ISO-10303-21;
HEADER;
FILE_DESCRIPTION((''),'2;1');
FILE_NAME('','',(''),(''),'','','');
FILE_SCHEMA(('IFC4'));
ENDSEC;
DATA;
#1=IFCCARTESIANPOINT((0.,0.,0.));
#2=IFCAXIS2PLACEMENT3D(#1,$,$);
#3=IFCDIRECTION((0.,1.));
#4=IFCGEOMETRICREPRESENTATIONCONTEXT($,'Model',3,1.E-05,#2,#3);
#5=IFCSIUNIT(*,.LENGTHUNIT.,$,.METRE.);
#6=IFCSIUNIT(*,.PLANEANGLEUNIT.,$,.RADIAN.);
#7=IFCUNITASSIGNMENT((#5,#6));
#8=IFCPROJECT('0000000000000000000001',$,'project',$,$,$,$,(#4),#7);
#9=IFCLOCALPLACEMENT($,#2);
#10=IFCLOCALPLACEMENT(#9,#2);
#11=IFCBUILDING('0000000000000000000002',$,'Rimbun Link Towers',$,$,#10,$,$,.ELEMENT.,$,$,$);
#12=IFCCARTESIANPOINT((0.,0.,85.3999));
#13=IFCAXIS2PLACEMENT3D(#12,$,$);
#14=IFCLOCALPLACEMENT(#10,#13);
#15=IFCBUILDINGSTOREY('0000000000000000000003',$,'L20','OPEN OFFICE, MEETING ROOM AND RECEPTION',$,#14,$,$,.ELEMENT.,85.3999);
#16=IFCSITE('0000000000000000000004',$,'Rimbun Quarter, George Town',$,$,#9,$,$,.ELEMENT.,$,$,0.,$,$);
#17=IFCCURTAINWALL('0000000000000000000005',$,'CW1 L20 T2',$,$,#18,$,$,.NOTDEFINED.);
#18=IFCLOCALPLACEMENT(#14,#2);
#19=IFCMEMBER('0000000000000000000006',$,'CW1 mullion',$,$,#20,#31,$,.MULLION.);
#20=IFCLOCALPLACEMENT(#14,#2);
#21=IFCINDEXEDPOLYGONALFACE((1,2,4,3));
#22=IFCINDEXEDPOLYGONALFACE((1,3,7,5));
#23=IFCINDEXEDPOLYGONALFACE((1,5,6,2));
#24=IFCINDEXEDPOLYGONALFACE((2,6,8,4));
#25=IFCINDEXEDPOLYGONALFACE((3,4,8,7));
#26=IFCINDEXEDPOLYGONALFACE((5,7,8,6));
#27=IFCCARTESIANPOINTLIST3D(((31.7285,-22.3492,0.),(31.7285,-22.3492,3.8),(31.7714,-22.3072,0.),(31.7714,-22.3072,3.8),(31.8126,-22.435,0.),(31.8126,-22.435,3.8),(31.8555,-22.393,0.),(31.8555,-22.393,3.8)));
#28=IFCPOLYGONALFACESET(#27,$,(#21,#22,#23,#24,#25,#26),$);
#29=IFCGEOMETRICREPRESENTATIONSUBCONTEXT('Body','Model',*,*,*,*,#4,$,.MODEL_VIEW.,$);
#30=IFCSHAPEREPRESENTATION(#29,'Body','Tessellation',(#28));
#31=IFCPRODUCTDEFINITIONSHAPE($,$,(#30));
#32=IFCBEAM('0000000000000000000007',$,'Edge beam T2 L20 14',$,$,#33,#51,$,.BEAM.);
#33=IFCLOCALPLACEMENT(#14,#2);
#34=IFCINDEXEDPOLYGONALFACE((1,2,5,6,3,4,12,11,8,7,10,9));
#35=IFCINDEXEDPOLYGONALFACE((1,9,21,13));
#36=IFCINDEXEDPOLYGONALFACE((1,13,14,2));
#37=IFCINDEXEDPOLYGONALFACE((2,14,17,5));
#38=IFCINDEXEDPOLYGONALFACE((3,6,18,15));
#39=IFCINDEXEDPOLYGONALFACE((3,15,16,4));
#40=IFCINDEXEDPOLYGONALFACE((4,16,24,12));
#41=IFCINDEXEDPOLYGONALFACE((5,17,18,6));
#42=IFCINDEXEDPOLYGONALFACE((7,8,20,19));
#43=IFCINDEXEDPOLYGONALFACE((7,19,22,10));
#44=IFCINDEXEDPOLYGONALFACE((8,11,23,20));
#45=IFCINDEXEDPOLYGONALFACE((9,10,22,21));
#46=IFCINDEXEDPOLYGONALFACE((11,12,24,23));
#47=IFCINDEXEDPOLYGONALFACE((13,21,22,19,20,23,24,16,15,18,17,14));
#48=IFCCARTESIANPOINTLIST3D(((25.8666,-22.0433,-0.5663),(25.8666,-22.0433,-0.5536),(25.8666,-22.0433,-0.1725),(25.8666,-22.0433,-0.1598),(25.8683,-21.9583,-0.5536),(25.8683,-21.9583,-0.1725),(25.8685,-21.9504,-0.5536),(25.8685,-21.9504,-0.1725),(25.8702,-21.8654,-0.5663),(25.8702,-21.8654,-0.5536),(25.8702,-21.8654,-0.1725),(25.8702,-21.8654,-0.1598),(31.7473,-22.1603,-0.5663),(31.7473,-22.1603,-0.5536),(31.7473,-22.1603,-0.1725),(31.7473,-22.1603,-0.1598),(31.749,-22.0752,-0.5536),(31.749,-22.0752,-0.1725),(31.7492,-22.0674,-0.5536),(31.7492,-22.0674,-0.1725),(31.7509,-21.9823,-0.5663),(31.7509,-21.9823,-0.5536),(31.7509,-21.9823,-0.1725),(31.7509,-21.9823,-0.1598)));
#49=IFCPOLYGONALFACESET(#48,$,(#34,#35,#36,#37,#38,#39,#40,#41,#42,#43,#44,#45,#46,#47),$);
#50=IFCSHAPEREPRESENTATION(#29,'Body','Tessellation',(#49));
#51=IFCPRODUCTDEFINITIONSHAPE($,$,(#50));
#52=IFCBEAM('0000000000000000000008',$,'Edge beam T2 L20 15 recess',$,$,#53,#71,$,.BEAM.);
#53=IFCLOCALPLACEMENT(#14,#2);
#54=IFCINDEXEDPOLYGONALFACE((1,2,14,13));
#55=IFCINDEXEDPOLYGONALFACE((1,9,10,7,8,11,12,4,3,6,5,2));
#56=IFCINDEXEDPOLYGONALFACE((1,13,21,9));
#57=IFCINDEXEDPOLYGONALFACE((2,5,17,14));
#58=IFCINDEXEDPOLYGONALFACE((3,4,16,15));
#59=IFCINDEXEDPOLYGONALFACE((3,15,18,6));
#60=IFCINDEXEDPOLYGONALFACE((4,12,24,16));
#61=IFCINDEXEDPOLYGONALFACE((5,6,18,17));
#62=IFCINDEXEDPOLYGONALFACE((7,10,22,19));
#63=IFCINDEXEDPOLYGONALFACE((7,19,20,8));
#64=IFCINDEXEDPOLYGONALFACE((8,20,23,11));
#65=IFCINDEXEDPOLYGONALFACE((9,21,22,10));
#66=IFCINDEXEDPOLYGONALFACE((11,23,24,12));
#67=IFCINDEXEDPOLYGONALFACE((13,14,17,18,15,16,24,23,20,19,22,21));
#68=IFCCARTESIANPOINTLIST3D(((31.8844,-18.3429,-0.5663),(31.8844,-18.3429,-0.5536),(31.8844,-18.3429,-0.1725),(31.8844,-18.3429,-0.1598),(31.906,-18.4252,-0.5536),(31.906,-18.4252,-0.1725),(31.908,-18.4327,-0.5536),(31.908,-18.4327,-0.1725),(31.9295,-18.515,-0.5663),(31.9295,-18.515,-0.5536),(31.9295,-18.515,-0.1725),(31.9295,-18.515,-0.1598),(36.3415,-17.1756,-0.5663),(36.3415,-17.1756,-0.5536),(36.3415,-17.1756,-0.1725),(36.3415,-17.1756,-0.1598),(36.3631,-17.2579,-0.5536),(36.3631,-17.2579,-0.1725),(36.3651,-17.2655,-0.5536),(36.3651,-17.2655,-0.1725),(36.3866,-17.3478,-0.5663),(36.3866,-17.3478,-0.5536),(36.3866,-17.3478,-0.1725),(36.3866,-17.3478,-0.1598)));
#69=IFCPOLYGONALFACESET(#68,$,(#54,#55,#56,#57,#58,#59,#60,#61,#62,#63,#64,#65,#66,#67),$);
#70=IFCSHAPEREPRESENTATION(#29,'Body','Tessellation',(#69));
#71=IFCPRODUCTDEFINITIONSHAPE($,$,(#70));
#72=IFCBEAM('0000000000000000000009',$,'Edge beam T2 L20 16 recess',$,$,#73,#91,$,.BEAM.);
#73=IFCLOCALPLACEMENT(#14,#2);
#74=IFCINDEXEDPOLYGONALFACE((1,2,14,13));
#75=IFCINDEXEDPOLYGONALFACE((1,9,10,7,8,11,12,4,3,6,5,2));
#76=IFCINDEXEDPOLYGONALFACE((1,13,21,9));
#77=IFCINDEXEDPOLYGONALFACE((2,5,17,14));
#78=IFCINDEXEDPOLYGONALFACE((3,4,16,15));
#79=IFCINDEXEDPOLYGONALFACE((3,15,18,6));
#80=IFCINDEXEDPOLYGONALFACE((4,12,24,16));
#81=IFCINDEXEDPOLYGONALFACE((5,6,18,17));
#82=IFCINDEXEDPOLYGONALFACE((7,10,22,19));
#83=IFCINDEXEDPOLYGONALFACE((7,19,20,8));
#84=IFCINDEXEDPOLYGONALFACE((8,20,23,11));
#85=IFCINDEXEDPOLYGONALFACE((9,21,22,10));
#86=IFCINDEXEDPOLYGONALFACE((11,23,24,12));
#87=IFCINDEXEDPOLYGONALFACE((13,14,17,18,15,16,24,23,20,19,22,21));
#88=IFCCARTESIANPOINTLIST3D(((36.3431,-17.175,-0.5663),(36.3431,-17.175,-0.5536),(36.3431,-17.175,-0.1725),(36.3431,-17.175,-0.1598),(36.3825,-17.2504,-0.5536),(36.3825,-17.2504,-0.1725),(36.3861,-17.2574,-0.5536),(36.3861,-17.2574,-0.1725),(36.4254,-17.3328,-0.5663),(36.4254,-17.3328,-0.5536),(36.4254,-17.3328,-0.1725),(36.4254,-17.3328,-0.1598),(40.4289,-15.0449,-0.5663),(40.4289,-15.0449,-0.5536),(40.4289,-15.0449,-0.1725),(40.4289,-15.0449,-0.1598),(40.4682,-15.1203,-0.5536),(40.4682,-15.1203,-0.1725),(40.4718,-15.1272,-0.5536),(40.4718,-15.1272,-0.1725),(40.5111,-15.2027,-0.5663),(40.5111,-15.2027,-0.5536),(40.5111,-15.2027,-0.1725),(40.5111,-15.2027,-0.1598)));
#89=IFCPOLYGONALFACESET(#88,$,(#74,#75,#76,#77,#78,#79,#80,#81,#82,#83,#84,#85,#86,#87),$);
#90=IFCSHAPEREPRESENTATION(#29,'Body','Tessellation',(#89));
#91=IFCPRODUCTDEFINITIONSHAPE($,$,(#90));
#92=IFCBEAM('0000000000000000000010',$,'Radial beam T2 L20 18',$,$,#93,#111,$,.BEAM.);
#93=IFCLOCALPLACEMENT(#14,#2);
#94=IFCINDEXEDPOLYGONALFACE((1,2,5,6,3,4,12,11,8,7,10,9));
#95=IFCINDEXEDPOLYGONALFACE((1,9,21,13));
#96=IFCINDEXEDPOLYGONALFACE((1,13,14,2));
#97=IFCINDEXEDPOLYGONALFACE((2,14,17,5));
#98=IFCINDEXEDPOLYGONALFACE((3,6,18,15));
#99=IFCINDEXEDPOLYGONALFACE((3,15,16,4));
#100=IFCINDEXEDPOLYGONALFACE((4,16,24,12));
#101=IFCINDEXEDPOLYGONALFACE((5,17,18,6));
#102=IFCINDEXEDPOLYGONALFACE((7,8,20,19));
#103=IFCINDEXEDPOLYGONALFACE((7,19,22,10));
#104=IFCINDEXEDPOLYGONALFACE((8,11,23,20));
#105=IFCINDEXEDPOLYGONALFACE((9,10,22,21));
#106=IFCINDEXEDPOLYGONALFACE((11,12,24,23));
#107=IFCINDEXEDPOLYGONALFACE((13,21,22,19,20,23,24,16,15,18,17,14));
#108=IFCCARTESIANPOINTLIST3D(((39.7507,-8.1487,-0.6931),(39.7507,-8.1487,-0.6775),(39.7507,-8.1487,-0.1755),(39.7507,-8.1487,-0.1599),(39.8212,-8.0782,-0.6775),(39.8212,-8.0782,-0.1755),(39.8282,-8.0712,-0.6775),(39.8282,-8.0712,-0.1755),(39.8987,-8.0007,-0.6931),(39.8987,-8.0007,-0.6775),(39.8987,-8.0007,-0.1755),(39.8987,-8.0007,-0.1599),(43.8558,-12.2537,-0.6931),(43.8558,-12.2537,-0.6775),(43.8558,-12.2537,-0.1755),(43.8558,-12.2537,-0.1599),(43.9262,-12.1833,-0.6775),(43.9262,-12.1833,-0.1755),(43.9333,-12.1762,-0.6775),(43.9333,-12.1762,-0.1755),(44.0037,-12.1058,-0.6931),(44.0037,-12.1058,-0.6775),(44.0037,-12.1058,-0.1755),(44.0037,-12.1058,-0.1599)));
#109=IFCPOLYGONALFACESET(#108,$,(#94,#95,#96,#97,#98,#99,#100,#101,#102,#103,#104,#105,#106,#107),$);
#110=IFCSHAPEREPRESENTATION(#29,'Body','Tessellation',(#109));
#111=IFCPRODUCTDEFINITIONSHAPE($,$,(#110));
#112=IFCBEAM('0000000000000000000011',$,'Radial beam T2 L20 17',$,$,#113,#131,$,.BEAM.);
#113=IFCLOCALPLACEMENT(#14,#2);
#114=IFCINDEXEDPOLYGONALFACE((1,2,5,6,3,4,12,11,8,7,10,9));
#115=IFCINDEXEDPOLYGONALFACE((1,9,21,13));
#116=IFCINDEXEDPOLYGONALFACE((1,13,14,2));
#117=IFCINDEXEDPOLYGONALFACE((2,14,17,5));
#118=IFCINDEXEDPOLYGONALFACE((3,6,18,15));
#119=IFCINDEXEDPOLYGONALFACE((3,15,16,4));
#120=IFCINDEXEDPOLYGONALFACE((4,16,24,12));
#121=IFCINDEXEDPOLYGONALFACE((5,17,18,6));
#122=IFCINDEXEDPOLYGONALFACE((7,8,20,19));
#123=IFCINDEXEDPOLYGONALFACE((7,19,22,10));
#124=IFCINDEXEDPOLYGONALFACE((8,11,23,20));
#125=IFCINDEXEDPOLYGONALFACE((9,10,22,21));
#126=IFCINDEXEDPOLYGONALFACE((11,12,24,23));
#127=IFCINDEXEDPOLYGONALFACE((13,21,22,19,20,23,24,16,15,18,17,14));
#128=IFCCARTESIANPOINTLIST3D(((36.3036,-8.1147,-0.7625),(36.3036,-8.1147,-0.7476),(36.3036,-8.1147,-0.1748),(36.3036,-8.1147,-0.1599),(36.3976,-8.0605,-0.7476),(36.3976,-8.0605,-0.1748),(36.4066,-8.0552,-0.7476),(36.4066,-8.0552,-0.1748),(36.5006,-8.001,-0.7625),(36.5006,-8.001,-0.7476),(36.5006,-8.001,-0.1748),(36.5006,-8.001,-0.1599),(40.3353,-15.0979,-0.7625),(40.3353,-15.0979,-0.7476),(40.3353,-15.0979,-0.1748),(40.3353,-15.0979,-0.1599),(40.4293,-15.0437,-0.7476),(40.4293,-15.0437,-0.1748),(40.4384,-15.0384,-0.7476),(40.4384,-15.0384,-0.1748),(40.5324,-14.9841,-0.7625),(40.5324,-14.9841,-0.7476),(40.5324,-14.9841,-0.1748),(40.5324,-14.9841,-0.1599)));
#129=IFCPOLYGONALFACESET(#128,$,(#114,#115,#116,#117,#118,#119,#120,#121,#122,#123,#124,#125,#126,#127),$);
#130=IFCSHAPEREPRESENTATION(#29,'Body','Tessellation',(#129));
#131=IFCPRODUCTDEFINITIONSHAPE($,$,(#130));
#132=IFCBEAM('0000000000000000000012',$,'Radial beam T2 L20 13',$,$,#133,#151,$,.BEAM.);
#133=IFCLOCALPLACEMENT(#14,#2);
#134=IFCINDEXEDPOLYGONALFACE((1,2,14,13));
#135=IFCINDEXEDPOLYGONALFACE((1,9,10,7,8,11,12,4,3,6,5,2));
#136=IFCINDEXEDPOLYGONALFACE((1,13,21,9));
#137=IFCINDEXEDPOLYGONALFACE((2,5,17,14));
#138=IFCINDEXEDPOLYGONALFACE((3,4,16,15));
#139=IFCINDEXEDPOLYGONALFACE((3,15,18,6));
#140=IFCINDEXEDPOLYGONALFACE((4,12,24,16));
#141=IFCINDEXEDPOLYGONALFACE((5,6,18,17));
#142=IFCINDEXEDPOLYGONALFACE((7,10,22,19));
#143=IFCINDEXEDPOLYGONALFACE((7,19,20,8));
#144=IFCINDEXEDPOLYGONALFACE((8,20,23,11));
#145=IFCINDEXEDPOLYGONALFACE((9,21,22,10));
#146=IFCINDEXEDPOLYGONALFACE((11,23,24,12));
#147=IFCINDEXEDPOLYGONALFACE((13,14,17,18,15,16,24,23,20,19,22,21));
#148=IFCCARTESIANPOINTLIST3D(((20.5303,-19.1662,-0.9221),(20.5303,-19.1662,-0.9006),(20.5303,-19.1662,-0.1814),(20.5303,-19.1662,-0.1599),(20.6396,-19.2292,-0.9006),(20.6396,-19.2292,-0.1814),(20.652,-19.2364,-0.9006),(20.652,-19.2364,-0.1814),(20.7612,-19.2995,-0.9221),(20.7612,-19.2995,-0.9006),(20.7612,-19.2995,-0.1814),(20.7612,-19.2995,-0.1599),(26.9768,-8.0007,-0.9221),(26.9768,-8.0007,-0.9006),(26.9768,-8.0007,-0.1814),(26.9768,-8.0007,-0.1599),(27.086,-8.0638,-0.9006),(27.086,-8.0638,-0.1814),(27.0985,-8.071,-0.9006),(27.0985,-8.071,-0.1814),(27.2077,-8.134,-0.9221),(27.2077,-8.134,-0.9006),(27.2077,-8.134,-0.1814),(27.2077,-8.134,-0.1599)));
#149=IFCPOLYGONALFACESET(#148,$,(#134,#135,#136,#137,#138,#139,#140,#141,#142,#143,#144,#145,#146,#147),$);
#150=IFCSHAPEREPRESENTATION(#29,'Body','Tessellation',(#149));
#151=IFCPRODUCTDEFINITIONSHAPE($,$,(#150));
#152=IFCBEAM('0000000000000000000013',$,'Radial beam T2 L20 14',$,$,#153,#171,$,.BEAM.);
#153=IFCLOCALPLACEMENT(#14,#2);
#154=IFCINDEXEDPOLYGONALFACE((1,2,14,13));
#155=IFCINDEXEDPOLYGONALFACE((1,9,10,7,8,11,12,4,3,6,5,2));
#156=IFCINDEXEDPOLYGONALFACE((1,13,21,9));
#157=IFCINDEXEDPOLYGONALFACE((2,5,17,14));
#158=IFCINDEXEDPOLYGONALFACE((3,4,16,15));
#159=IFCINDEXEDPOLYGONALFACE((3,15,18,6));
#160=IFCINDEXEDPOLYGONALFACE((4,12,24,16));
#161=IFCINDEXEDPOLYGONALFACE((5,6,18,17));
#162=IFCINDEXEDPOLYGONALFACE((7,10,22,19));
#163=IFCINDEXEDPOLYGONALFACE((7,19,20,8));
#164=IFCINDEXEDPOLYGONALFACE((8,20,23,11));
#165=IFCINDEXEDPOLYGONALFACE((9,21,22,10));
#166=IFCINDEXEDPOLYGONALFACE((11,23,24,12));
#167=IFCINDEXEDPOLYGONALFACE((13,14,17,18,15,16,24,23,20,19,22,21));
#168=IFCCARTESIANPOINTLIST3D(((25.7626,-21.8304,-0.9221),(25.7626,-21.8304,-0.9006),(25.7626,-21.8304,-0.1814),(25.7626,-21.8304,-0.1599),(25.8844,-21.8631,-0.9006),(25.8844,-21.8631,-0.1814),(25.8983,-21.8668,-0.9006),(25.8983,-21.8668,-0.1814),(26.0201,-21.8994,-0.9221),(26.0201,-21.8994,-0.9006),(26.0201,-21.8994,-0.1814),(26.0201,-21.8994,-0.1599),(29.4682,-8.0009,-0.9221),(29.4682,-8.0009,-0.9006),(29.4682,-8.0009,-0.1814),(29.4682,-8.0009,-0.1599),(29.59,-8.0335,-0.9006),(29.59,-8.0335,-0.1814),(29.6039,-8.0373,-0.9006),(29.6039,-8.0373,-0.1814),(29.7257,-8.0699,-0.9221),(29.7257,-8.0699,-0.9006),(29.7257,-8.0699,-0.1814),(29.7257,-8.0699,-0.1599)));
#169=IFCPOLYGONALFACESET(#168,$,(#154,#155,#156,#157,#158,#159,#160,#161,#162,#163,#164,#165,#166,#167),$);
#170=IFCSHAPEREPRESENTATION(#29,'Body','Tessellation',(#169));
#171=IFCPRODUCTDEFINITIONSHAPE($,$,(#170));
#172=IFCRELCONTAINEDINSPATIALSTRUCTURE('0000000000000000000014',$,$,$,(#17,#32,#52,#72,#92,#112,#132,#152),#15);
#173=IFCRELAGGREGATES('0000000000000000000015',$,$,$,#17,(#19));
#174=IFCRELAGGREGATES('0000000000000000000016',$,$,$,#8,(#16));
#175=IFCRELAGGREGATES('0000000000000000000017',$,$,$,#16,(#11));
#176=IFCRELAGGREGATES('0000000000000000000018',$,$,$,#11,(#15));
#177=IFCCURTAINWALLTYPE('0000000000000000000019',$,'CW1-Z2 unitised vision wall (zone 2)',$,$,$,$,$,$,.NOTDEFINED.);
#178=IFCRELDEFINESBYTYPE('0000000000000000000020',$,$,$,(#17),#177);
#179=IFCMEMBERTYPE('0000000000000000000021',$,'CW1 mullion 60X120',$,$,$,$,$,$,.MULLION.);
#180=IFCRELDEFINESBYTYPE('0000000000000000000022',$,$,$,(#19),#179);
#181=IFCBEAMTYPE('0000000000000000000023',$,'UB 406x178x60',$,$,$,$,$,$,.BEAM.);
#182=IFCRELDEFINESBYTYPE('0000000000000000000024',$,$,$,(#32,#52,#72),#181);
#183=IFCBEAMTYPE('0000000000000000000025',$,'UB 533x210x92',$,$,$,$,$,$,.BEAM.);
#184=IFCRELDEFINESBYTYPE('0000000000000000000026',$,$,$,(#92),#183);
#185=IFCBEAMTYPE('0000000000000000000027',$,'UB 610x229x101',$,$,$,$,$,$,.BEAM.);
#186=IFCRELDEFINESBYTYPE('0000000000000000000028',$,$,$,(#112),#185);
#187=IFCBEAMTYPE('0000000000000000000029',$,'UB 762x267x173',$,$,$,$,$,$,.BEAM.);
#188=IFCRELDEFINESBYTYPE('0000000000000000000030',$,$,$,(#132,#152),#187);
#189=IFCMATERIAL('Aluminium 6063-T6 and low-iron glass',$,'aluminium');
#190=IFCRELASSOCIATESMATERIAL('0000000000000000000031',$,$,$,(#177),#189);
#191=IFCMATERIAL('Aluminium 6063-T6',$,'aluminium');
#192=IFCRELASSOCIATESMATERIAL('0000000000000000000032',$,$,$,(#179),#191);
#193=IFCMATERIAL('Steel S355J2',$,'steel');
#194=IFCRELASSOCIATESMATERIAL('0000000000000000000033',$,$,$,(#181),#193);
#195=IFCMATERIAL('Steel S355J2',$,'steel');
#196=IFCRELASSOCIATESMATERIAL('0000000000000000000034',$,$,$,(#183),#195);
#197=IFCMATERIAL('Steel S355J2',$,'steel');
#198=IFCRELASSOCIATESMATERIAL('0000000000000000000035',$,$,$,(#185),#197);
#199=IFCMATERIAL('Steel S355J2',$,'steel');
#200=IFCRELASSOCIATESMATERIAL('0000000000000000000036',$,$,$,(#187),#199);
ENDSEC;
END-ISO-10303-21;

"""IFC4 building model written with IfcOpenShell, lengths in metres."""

from ifc_helpers import new_model, si_unit, direction, frame, origin, origin_2d, place, context, subcontext, project, spatial, rectangle, i_section, extrude, material, material_profile, profile_set, type_object, element, aggregate, save


model = new_model("IFC4")

# Units and contexts
model_context = context("Model", 3, precision=1e-05, world=origin(), true_north=direction((0.0, 1.0)))
body_context = subcontext(model_context, "Body", "Model", "MODEL_VIEW")
ifc_project = project(units=[si_unit("LENGTHUNIT", "METRE"), si_unit("PLANEANGLEUNIT", "RADIAN")], contexts=[model_context])

# Site, building, storey
site_placement = place(None, origin())
site = spatial("IfcSite", under=ifc_project, at=site_placement, Name="Rimbun Quarter, George Town", CompositionType="ELEMENT", RefElevation=0.0)
building_placement = place(site_placement, origin())
building = spatial("IfcBuilding", under=site, at=building_placement, Name="Rimbun Link Towers", CompositionType="ELEMENT")
storey_placement = place(building_placement, frame((0.0, 0.0, 85.3999)))
storey = spatial("IfcBuildingStorey", under=building, at=storey_placement, Name="L20", Description="OPEN OFFICE, MEETING ROOM AND RECEPTION", CompositionType="ELEMENT", Elevation=85.3999)

# Curtain wall, member
ifc_material_1 = material(Name="Aluminium 6063-T6 and low-iron glass", Category="aluminium")
curtain_wall_type = type_object("IfcCurtainWallType", Name="CW1-Z2 unitised vision wall (zone 2)", PredefinedType="NOTDEFINED", material=ifc_material_1)
curtain_wall_placement = place(storey_placement, origin())
curtain_wall = element("IfcCurtainWall", 1, at=curtain_wall_placement, inside=storey, type_object=curtain_wall_type, Name="CW1 L20 T2", PredefinedType="NOTDEFINED")
ifc_material_2 = material(Name="Aluminium 6063-T6", Category="aluminium")
ifc_material_profile_1 = material_profile(ifc_material_2, rectangle(XDim=0.1201, YDim=0.0601, at=origin_2d()), Name="MULLION 60X120")
ifc_profile_set_1 = profile_set([ifc_material_profile_1], Name="Aluminium 6063-T6")
member_type_1 = type_object("IfcMemberType", Name="CW1 mullion 60X120", PredefinedType="MULLION", material=ifc_profile_set_1)
member_1_placement = place(storey_placement, frame((31.792, -22.3711, 0.0), z_axis=(0.0, 0.0, 1.0), x_axis=(0.699623, -0.714513, 0.0)))
member_1 = element("IfcMember", 2, at=member_1_placement, type_object=member_type_1, Name="CW1 mullion", PredefinedType="MULLION", context=body_context, shape_type="SweptSolid", body=[
    extrude(rectangle(XDim=0.1201, YDim=0.0601, at=origin_2d()), origin(), (0.0, 0.0, 1.0), 3.8),
])
aggregate(curtain_wall, [member_1])

# Beams
ifc_material_3 = material(Name="Steel S355J2", Category="steel")
ifc_material_profile_2 = material_profile(ifc_material_3, i_section(OverallWidth=0.178, OverallDepth=0.4065, WebThickness=0.0078, FlangeThickness=0.0127, at=origin_2d()), Name="UB 406x178x60")
ifc_profile_set_2 = profile_set([ifc_material_profile_2], Name="Steel S355J2")
beam_type_1 = type_object("IfcBeamType", Name="UB 406x178x60", PredefinedType="BEAM", material=ifc_profile_set_2)
beam_1_placement = place(storey_placement, frame((25.8684, -21.9543, -0.363), z_axis=(0.999802, -0.019882, 0.0), x_axis=(0.019882, 0.999802, 0.0)))
element("IfcBeam", 3, at=beam_1_placement, inside=storey, type_object=beam_type_1, Name="Edge beam T2 L20 14", PredefinedType="BEAM", context=body_context, shape_type="SweptSolid", body=[
    extrude(i_section(OverallWidth=0.178, OverallDepth=0.4065, WebThickness=0.0078, FlangeThickness=0.0127, at=origin_2d()), origin(), (0.0, 0.0, 1.0), 5.8818),
])
beam_2_placement = place(storey_placement, frame((31.907, -18.429, -0.363), z_axis=(0.967377, 0.253343, 0.0), x_axis=(-0.253343, 0.967377, 0.0)))
element("IfcBeam", 4, at=beam_2_placement, inside=storey, type_object=beam_type_1, Name="Edge beam T2 L20 15 recess", PredefinedType="BEAM", context=body_context, shape_type="SweptSolid", body=[
    extrude(i_section(OverallWidth=0.178, OverallDepth=0.4065, WebThickness=0.0078, FlangeThickness=0.0127, at=origin_2d()), origin(), (0.0, 0.0, 1.0), 4.6074),
])
beam_3_placement = place(storey_placement, frame((36.3843, -17.2539, -0.363), z_axis=(0.886722, 0.462303, 0.0), x_axis=(-0.462303, 0.886722, 0.0)))
element("IfcBeam", 5, at=beam_3_placement, inside=storey, type_object=beam_type_1, Name="Edge beam T2 L20 16 recess", PredefinedType="BEAM", context=body_context, shape_type="SweptSolid", body=[
    extrude(i_section(OverallWidth=0.178, OverallDepth=0.4065, WebThickness=0.0078, FlangeThickness=0.0127, at=origin_2d()), origin(), (0.0, 0.0, 1.0), 4.6077),
])
ifc_material_4 = material(Name="Steel S355J2", Category="steel")
ifc_material_profile_3 = material_profile(ifc_material_4, i_section(OverallWidth=0.2092, OverallDepth=0.5332, WebThickness=0.01, FlangeThickness=0.0156, at=origin_2d()), Name="UB 533x210x92")
ifc_profile_set_3 = profile_set([ifc_material_profile_3], Name="Steel S355J2")
beam_type_2 = type_object("IfcBeamType", Name="UB 533x210x92", PredefinedType="BEAM", material=ifc_profile_set_3)
beam_4_placement = place(storey_placement, frame((39.8247, -8.0747, -0.4265), z_axis=(0.707107, -0.707107, 0.0), x_axis=(0.707107, 0.707107, 0.0)))
element("IfcBeam", 6, at=beam_4_placement, inside=storey, type_object=beam_type_2, Name="Radial beam T2 L20 18", PredefinedType="BEAM", context=body_context, shape_type="SweptSolid", body=[
    extrude(i_section(OverallWidth=0.2092, OverallDepth=0.5332, WebThickness=0.01, FlangeThickness=0.0156, at=origin_2d()), origin(), (0.0, 0.0, 1.0), 5.8054),
])
ifc_material_5 = material(Name="Steel S355J2", Category="steel")
ifc_material_profile_4 = material_profile(ifc_material_5, i_section(OverallWidth=0.2275, OverallDepth=0.6025, WebThickness=0.0105, FlangeThickness=0.0149, at=origin_2d()), Name="UB 610x229x101")
ifc_profile_set_4 = profile_set([ifc_material_profile_4], Name="Steel S355J2")
beam_type_3 = type_object("IfcBeamType", Name="UB 610x229x101", PredefinedType="BEAM", material=ifc_profile_set_4)
beam_5_placement = place(storey_placement, frame((36.4021, -8.0579, -0.4612), z_axis=(0.500001, -0.866025, 0.0), x_axis=(0.866025, 0.500001, 0.0)))
element("IfcBeam", 7, at=beam_5_placement, inside=storey, type_object=beam_type_3, Name="Radial beam T2 L20 17", PredefinedType="BEAM", context=body_context, shape_type="SweptSolid", body=[
    extrude(i_section(OverallWidth=0.2275, OverallDepth=0.6025, WebThickness=0.0105, FlangeThickness=0.0149, at=origin_2d()), origin(), (0.0, 0.0, 1.0), 8.0635),
])
ifc_material_6 = material(Name="Steel S355J2", Category="steel")
ifc_material_profile_5 = material_profile(ifc_material_6, i_section(OverallWidth=0.2666, OverallDepth=0.7622, WebThickness=0.0144, FlangeThickness=0.0215, at=origin_2d()), Name="UB 762x267x173")
ifc_profile_set_5 = profile_set([ifc_material_profile_5], Name="Steel S355J2")
beam_type_4 = type_object("IfcBeamType", Name="UB 762x267x173", PredefinedType="BEAM", material=ifc_profile_set_5)
beam_6_placement = place(storey_placement, frame((27.0923, -8.0674, -0.541), z_axis=(-0.500007, -0.866022, 0.0), x_axis=(0.866022, -0.500007, 0.0)))
element("IfcBeam", 8, at=beam_6_placement, inside=storey, type_object=beam_type_4, Name="Radial beam T2 L20 13", PredefinedType="BEAM", context=body_context, shape_type="SweptSolid", body=[
    extrude(i_section(OverallWidth=0.2666, OverallDepth=0.7622, WebThickness=0.0144, FlangeThickness=0.0215, at=origin_2d()), origin(), (0.0, 0.0, 1.0), 12.8928),
])
beam_7_placement = place(storey_placement, frame((29.5969, -8.0354, -0.541), z_axis=(-0.258815, -0.965927, 0.0), x_axis=(0.965927, -0.258815, 0.0)))
element("IfcBeam", 9, at=beam_7_placement, inside=storey, type_object=beam_type_4, Name="Radial beam T2 L20 14", PredefinedType="BEAM", context=body_context, shape_type="SweptSolid", body=[
    extrude(i_section(OverallWidth=0.2666, OverallDepth=0.7622, WebThickness=0.0144, FlangeThickness=0.0215, at=origin_2d()), origin(), (0.0, 0.0, 1.0), 14.3174),
])

save(model, "model.ifc")
